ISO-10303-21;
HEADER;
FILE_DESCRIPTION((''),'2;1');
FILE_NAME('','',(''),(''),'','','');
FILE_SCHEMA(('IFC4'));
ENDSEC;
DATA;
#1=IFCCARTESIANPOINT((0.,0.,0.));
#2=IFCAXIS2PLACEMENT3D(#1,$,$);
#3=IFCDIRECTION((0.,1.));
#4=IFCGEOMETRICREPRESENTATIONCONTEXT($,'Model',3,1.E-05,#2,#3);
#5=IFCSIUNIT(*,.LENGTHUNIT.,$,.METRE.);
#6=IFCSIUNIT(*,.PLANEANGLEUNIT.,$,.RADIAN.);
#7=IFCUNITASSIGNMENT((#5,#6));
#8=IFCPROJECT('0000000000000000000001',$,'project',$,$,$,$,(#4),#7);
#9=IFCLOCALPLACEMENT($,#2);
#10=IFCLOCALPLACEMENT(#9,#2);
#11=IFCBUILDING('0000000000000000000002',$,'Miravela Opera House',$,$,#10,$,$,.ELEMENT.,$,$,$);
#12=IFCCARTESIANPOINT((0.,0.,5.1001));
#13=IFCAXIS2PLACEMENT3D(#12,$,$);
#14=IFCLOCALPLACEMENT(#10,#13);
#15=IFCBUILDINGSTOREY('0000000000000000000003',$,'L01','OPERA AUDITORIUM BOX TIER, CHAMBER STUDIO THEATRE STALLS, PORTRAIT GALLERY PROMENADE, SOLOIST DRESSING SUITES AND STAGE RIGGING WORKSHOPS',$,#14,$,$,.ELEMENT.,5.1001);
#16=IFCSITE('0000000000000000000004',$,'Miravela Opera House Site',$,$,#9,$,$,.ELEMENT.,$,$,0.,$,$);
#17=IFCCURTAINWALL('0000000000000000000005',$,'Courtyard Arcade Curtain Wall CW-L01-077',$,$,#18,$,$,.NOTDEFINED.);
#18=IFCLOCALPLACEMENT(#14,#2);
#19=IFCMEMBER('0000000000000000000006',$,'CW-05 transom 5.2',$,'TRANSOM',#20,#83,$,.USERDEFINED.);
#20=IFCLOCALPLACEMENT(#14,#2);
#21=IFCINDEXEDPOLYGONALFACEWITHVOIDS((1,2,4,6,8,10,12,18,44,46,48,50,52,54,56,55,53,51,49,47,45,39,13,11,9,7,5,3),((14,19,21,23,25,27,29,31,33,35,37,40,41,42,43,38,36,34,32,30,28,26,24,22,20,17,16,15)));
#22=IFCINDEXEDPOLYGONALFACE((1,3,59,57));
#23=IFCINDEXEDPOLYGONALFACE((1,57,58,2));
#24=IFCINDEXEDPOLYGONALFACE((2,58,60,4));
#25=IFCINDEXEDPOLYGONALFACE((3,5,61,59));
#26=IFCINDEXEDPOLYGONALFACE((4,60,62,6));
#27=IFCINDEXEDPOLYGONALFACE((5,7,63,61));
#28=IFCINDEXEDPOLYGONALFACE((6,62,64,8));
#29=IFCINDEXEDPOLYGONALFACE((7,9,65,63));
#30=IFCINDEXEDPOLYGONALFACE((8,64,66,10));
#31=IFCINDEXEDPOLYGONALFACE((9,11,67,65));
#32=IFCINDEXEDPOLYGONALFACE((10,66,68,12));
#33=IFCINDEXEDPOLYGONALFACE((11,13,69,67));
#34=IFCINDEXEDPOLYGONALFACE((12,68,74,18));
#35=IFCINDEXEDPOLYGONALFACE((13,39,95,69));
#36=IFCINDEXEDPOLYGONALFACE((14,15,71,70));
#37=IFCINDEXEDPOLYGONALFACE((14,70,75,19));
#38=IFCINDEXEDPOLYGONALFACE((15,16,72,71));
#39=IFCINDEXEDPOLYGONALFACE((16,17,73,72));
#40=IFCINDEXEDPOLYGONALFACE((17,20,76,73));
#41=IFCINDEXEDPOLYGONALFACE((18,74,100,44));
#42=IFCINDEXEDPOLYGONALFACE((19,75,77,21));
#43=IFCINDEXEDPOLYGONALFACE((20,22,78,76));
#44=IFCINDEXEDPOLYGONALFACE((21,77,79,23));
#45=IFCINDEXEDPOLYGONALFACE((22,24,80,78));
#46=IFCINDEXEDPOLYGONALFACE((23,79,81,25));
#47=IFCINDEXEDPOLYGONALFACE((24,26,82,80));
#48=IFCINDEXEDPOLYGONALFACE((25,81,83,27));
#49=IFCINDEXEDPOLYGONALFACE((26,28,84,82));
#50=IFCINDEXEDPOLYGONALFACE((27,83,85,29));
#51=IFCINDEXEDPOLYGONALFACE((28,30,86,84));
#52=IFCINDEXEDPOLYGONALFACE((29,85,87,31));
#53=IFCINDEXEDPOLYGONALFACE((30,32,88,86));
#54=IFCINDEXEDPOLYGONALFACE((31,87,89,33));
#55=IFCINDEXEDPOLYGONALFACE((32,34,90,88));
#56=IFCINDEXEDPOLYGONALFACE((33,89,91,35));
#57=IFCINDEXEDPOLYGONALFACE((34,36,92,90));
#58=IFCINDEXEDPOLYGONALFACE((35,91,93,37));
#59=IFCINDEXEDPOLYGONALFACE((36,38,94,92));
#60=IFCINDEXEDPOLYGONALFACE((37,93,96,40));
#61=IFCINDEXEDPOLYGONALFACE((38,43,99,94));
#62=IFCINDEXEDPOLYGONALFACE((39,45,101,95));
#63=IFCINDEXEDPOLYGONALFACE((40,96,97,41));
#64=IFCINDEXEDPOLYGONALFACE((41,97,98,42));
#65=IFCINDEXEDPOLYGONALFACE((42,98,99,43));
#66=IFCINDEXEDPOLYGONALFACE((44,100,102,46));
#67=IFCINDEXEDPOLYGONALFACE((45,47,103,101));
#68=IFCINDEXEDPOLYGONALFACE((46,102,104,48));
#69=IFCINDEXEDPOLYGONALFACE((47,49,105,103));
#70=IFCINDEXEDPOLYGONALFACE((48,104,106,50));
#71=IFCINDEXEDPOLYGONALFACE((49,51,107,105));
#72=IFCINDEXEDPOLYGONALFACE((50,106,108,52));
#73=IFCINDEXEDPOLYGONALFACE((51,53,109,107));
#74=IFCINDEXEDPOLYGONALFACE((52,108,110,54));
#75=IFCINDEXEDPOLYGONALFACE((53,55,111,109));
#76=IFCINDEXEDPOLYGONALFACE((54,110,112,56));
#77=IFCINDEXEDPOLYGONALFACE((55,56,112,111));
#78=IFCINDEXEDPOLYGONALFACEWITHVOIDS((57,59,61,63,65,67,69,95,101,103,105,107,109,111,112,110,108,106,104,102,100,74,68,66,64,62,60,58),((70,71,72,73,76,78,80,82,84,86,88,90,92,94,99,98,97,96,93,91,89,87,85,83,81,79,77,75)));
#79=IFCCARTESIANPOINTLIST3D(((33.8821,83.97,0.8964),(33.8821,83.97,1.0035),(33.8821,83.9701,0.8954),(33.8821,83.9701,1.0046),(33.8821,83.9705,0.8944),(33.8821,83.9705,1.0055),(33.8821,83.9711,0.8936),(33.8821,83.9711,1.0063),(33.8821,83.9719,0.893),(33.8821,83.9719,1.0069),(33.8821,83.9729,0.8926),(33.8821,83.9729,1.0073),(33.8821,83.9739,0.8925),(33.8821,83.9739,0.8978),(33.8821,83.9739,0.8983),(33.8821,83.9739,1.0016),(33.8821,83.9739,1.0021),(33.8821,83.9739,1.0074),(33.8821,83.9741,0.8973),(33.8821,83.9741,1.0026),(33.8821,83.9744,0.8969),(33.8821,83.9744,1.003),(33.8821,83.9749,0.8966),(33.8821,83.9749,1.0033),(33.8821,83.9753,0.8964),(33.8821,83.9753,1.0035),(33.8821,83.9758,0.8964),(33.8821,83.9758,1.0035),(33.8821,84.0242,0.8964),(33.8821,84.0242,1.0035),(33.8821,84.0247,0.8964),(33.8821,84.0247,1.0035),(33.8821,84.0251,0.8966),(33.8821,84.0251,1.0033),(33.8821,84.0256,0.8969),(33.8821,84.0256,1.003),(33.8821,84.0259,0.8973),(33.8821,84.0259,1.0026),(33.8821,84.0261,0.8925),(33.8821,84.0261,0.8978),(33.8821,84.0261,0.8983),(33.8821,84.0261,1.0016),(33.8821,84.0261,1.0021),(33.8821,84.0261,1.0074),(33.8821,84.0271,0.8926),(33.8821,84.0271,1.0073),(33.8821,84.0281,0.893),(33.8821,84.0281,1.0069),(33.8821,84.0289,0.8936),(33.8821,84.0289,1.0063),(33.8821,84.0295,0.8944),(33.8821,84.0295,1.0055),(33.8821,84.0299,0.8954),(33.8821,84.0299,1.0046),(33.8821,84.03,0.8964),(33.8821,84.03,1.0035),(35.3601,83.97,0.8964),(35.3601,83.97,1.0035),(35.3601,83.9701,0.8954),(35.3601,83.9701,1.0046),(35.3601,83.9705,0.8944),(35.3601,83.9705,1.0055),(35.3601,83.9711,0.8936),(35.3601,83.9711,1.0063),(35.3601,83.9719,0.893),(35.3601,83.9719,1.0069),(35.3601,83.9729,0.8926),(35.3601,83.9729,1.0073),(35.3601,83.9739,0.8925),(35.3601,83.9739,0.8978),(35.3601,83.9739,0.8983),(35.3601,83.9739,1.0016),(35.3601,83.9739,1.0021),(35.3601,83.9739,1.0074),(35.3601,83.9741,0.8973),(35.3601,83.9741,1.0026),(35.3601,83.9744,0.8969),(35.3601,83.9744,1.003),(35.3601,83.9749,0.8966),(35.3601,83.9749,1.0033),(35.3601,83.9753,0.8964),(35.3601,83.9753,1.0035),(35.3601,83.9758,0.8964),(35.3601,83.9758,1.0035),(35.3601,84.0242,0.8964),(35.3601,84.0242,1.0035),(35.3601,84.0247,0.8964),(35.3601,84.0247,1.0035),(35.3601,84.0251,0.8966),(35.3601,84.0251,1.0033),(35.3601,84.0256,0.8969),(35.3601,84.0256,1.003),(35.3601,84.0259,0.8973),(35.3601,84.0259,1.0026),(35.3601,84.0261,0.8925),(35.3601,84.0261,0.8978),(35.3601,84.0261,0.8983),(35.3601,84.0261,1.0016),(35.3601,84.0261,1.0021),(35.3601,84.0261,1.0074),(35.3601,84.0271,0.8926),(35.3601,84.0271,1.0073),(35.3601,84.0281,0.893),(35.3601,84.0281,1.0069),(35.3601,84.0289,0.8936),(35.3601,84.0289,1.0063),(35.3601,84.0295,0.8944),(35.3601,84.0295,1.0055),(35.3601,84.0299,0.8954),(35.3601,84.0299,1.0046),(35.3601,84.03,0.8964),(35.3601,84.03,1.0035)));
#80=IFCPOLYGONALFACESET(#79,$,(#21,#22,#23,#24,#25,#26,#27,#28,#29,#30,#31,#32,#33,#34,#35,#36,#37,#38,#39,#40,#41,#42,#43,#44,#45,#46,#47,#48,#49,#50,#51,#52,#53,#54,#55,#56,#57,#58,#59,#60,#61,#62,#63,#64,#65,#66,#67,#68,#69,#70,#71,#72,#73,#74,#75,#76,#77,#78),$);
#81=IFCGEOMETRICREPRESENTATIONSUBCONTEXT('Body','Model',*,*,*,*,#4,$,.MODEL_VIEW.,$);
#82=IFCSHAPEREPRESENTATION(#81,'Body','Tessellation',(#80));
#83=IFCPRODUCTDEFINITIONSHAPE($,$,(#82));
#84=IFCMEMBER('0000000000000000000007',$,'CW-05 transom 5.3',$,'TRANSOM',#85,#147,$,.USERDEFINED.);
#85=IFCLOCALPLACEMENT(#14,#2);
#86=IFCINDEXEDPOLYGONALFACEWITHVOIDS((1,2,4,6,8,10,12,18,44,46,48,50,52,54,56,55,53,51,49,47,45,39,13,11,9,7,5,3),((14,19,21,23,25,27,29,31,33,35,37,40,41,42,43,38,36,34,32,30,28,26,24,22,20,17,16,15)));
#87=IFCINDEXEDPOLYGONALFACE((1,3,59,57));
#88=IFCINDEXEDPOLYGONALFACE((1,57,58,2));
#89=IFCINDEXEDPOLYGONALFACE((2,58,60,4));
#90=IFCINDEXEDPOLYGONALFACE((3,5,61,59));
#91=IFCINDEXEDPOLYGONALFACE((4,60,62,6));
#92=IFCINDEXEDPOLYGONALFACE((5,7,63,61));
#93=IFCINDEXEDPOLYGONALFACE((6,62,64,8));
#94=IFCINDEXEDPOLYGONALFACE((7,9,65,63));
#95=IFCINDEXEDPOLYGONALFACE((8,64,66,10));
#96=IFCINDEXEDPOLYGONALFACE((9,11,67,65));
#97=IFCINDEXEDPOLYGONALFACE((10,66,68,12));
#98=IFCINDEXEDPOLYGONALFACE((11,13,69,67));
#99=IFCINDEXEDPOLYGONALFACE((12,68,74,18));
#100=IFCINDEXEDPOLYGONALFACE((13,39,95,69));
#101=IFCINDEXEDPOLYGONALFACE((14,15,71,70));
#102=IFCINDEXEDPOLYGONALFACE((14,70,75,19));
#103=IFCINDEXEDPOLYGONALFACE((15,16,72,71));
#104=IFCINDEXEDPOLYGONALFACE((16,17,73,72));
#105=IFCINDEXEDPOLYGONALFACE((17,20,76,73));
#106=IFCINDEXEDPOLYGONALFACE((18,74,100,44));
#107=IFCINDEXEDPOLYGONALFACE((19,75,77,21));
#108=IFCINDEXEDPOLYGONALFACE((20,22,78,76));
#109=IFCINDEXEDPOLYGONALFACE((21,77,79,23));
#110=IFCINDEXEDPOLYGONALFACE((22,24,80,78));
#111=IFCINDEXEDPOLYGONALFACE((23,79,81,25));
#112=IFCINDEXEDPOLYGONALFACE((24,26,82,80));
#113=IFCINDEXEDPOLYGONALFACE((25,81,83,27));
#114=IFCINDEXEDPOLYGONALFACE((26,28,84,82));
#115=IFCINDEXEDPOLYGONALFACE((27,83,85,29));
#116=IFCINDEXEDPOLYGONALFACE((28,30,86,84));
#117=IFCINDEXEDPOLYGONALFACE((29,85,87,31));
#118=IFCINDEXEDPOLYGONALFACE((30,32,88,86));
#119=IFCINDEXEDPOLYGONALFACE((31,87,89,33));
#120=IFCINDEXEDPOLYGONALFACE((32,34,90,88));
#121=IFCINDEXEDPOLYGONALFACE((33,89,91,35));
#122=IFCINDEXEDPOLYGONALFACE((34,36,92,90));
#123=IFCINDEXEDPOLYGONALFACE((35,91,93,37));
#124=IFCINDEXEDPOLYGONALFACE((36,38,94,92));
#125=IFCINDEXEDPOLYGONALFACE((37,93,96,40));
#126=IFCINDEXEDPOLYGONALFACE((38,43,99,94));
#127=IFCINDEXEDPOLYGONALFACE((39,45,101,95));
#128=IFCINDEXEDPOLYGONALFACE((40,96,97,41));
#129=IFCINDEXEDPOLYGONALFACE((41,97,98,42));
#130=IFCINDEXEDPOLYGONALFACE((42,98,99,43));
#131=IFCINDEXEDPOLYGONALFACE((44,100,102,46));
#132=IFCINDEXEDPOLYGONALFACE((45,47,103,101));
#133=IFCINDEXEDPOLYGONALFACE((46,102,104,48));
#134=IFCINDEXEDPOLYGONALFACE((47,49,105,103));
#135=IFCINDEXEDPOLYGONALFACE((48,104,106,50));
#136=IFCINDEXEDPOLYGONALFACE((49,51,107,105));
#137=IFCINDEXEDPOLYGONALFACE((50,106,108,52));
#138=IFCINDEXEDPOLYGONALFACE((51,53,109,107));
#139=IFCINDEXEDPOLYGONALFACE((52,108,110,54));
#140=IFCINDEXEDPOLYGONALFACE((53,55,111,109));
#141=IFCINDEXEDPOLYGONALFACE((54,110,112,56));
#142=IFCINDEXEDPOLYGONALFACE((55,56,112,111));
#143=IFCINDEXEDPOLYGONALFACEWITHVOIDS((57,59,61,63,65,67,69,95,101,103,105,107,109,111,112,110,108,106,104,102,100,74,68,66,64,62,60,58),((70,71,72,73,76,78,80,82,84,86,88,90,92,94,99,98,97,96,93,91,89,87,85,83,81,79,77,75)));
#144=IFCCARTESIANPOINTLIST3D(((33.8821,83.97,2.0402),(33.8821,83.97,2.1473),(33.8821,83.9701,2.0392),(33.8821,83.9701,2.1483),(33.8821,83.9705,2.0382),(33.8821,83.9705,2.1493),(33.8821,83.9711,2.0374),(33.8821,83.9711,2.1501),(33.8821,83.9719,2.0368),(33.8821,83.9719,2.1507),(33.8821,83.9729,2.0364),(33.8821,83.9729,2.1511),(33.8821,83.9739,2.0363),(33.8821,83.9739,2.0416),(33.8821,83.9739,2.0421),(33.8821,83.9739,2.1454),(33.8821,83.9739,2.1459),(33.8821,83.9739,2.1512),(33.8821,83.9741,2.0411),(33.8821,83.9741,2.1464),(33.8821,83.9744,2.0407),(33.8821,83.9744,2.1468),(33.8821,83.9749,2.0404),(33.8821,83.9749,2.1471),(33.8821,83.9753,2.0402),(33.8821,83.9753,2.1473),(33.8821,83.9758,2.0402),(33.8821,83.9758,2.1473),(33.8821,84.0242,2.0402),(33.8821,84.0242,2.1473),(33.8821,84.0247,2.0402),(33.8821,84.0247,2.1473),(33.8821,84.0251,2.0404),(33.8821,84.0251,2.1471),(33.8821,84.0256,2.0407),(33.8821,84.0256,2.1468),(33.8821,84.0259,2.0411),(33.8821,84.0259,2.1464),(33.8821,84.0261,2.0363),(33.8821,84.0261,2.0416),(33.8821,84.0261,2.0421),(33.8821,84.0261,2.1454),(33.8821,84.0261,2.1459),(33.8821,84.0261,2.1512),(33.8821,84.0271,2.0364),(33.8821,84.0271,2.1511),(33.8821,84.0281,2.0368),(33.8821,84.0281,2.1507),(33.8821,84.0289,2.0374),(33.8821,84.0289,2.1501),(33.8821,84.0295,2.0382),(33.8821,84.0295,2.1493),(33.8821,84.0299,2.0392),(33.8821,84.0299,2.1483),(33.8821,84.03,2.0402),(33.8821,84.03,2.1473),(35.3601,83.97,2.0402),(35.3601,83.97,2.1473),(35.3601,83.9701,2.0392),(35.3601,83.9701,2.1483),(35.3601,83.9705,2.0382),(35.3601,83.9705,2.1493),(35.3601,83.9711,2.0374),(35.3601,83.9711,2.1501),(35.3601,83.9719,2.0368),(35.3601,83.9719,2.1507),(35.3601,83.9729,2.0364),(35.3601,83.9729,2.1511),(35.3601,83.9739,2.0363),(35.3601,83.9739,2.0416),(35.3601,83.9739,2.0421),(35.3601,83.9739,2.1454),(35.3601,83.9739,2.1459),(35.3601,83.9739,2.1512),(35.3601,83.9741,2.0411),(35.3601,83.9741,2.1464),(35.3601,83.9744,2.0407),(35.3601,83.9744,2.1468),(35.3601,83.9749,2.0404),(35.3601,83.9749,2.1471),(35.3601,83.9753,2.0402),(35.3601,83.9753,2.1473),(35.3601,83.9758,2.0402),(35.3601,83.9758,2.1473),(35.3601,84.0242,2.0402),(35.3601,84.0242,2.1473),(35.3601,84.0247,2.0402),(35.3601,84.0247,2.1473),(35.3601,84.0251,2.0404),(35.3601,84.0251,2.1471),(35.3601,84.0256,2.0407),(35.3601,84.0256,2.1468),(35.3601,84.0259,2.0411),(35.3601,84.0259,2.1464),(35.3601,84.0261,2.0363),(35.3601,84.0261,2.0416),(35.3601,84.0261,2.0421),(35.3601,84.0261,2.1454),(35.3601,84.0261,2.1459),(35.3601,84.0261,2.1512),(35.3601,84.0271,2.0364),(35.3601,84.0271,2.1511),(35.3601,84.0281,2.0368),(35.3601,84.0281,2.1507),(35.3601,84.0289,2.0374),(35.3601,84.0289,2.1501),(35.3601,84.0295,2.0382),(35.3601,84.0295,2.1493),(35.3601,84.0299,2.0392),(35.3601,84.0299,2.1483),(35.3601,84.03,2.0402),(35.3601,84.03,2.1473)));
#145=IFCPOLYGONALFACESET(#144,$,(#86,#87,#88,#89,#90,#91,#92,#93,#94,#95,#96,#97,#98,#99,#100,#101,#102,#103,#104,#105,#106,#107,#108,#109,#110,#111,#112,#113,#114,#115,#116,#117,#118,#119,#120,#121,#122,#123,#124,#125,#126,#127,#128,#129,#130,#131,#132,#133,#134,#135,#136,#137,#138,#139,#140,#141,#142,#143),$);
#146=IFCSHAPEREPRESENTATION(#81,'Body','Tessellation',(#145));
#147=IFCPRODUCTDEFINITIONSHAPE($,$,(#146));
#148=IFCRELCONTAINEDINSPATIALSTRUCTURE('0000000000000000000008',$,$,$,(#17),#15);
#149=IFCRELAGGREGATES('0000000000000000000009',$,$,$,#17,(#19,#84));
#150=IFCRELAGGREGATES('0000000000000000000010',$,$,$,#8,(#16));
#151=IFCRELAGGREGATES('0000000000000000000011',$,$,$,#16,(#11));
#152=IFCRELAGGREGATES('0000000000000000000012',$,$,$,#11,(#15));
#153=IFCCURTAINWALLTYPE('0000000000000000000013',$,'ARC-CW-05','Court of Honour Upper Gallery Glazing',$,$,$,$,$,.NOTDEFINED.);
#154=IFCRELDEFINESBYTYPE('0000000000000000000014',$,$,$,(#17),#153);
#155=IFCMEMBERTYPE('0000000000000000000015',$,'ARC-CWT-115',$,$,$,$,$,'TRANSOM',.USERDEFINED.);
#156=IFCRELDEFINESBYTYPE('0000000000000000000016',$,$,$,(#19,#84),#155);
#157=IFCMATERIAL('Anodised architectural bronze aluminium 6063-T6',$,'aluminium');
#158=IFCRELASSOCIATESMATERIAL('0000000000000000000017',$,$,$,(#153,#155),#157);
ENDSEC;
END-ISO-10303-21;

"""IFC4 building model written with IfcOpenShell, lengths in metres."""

from ifc_helpers import new_model, si_unit, direction, frame, origin, origin_2d, place, context, subcontext, project, spatial, hollow_rectangle, extrude, material, material_profile, profile_set, type_object, element, aggregate, save


model = new_model("IFC4")

# Units and contexts
model_context = context("Model", 3, precision=1e-05, world=origin(), true_north=direction((0.0, 1.0)))
body_context = subcontext(model_context, "Body", "Model", "MODEL_VIEW")
ifc_project = project(units=[si_unit("LENGTHUNIT", "METRE"), si_unit("PLANEANGLEUNIT", "RADIAN")], contexts=[model_context])

# Site, building, storey
site_placement = place(None, origin())
site = spatial("IfcSite", under=ifc_project, at=site_placement, Name="Miravela Opera House Site", CompositionType="ELEMENT", RefElevation=0.0)
building_placement = place(site_placement, origin())
building = spatial("IfcBuilding", under=site, at=building_placement, Name="Miravela Opera House", CompositionType="ELEMENT")
storey_placement = place(building_placement, frame((0.0, 0.0, 5.1001)))
storey = spatial("IfcBuildingStorey", under=building, at=storey_placement, Name="L01", Description="OPERA AUDITORIUM BOX TIER, CHAMBER STUDIO THEATRE STALLS, PORTRAIT GALLERY PROMENADE, SOLOIST DRESSING SUITES AND STAGE RIGGING WORKSHOPS", CompositionType="ELEMENT", Elevation=5.1001)

# Curtain wall, members
ifc_material_1 = material(Name="Anodised architectural bronze aluminium 6063-T6", Category="aluminium")
curtain_wall_type = type_object("IfcCurtainWallType", Name="ARC-CW-05", Description="Court of Honour Upper Gallery Glazing", PredefinedType="NOTDEFINED", material=ifc_material_1)
curtain_wall_placement = place(storey_placement, origin())
curtain_wall = element("IfcCurtainWall", 1, at=curtain_wall_placement, inside=storey, type_object=curtain_wall_type, Name="Courtyard Arcade Curtain Wall CW-L01-077", PredefinedType="NOTDEFINED")
ifc_material_profile_1 = material_profile(ifc_material_1, hollow_rectangle(XDim=0.0601, YDim=0.115, WallThickness=0.0039, InnerFilletRadius=0.002, OuterFilletRadius=0.0039, at=origin_2d()), Name="CWT-60X115")
ifc_profile_set_1 = profile_set([ifc_material_profile_1])
member_type_1 = type_object("IfcMemberType", Name="ARC-CWT-115", ElementType="TRANSOM", PredefinedType="USERDEFINED", material=ifc_profile_set_1)
member_1_placement = place(storey_placement, frame((33.8821, 84.0, 0.95), z_axis=(1.0, 0.0, 0.0), x_axis=(0.0, 1.0, 0.0)))
member_1 = element("IfcMember", 2, at=member_1_placement, type_object=member_type_1, Name="CW-05 transom 5.2", ObjectType="TRANSOM", PredefinedType="USERDEFINED", context=body_context, shape_type="SweptSolid", body=[
    extrude(hollow_rectangle(XDim=0.0601, YDim=0.115, WallThickness=0.0039, InnerFilletRadius=0.002, OuterFilletRadius=0.0039, at=origin_2d()), origin(), (0.0, 0.0, 1.0), 1.478),
])
member_2_placement = place(storey_placement, frame((33.8821, 84.0, 2.0938), z_axis=(1.0, 0.0, 0.0), x_axis=(0.0, 1.0, 0.0)))
member_2 = element("IfcMember", 3, at=member_2_placement, type_object=member_type_1, Name="CW-05 transom 5.3", ObjectType="TRANSOM", PredefinedType="USERDEFINED", context=body_context, shape_type="SweptSolid", body=[
    extrude(hollow_rectangle(XDim=0.0601, YDim=0.115, WallThickness=0.0039, InnerFilletRadius=0.002, OuterFilletRadius=0.0039, at=origin_2d()), origin(), (0.0, 0.0, 1.0), 1.478),
])
aggregate(curtain_wall, [member_1, member_2])

save(model, "model.ifc")
